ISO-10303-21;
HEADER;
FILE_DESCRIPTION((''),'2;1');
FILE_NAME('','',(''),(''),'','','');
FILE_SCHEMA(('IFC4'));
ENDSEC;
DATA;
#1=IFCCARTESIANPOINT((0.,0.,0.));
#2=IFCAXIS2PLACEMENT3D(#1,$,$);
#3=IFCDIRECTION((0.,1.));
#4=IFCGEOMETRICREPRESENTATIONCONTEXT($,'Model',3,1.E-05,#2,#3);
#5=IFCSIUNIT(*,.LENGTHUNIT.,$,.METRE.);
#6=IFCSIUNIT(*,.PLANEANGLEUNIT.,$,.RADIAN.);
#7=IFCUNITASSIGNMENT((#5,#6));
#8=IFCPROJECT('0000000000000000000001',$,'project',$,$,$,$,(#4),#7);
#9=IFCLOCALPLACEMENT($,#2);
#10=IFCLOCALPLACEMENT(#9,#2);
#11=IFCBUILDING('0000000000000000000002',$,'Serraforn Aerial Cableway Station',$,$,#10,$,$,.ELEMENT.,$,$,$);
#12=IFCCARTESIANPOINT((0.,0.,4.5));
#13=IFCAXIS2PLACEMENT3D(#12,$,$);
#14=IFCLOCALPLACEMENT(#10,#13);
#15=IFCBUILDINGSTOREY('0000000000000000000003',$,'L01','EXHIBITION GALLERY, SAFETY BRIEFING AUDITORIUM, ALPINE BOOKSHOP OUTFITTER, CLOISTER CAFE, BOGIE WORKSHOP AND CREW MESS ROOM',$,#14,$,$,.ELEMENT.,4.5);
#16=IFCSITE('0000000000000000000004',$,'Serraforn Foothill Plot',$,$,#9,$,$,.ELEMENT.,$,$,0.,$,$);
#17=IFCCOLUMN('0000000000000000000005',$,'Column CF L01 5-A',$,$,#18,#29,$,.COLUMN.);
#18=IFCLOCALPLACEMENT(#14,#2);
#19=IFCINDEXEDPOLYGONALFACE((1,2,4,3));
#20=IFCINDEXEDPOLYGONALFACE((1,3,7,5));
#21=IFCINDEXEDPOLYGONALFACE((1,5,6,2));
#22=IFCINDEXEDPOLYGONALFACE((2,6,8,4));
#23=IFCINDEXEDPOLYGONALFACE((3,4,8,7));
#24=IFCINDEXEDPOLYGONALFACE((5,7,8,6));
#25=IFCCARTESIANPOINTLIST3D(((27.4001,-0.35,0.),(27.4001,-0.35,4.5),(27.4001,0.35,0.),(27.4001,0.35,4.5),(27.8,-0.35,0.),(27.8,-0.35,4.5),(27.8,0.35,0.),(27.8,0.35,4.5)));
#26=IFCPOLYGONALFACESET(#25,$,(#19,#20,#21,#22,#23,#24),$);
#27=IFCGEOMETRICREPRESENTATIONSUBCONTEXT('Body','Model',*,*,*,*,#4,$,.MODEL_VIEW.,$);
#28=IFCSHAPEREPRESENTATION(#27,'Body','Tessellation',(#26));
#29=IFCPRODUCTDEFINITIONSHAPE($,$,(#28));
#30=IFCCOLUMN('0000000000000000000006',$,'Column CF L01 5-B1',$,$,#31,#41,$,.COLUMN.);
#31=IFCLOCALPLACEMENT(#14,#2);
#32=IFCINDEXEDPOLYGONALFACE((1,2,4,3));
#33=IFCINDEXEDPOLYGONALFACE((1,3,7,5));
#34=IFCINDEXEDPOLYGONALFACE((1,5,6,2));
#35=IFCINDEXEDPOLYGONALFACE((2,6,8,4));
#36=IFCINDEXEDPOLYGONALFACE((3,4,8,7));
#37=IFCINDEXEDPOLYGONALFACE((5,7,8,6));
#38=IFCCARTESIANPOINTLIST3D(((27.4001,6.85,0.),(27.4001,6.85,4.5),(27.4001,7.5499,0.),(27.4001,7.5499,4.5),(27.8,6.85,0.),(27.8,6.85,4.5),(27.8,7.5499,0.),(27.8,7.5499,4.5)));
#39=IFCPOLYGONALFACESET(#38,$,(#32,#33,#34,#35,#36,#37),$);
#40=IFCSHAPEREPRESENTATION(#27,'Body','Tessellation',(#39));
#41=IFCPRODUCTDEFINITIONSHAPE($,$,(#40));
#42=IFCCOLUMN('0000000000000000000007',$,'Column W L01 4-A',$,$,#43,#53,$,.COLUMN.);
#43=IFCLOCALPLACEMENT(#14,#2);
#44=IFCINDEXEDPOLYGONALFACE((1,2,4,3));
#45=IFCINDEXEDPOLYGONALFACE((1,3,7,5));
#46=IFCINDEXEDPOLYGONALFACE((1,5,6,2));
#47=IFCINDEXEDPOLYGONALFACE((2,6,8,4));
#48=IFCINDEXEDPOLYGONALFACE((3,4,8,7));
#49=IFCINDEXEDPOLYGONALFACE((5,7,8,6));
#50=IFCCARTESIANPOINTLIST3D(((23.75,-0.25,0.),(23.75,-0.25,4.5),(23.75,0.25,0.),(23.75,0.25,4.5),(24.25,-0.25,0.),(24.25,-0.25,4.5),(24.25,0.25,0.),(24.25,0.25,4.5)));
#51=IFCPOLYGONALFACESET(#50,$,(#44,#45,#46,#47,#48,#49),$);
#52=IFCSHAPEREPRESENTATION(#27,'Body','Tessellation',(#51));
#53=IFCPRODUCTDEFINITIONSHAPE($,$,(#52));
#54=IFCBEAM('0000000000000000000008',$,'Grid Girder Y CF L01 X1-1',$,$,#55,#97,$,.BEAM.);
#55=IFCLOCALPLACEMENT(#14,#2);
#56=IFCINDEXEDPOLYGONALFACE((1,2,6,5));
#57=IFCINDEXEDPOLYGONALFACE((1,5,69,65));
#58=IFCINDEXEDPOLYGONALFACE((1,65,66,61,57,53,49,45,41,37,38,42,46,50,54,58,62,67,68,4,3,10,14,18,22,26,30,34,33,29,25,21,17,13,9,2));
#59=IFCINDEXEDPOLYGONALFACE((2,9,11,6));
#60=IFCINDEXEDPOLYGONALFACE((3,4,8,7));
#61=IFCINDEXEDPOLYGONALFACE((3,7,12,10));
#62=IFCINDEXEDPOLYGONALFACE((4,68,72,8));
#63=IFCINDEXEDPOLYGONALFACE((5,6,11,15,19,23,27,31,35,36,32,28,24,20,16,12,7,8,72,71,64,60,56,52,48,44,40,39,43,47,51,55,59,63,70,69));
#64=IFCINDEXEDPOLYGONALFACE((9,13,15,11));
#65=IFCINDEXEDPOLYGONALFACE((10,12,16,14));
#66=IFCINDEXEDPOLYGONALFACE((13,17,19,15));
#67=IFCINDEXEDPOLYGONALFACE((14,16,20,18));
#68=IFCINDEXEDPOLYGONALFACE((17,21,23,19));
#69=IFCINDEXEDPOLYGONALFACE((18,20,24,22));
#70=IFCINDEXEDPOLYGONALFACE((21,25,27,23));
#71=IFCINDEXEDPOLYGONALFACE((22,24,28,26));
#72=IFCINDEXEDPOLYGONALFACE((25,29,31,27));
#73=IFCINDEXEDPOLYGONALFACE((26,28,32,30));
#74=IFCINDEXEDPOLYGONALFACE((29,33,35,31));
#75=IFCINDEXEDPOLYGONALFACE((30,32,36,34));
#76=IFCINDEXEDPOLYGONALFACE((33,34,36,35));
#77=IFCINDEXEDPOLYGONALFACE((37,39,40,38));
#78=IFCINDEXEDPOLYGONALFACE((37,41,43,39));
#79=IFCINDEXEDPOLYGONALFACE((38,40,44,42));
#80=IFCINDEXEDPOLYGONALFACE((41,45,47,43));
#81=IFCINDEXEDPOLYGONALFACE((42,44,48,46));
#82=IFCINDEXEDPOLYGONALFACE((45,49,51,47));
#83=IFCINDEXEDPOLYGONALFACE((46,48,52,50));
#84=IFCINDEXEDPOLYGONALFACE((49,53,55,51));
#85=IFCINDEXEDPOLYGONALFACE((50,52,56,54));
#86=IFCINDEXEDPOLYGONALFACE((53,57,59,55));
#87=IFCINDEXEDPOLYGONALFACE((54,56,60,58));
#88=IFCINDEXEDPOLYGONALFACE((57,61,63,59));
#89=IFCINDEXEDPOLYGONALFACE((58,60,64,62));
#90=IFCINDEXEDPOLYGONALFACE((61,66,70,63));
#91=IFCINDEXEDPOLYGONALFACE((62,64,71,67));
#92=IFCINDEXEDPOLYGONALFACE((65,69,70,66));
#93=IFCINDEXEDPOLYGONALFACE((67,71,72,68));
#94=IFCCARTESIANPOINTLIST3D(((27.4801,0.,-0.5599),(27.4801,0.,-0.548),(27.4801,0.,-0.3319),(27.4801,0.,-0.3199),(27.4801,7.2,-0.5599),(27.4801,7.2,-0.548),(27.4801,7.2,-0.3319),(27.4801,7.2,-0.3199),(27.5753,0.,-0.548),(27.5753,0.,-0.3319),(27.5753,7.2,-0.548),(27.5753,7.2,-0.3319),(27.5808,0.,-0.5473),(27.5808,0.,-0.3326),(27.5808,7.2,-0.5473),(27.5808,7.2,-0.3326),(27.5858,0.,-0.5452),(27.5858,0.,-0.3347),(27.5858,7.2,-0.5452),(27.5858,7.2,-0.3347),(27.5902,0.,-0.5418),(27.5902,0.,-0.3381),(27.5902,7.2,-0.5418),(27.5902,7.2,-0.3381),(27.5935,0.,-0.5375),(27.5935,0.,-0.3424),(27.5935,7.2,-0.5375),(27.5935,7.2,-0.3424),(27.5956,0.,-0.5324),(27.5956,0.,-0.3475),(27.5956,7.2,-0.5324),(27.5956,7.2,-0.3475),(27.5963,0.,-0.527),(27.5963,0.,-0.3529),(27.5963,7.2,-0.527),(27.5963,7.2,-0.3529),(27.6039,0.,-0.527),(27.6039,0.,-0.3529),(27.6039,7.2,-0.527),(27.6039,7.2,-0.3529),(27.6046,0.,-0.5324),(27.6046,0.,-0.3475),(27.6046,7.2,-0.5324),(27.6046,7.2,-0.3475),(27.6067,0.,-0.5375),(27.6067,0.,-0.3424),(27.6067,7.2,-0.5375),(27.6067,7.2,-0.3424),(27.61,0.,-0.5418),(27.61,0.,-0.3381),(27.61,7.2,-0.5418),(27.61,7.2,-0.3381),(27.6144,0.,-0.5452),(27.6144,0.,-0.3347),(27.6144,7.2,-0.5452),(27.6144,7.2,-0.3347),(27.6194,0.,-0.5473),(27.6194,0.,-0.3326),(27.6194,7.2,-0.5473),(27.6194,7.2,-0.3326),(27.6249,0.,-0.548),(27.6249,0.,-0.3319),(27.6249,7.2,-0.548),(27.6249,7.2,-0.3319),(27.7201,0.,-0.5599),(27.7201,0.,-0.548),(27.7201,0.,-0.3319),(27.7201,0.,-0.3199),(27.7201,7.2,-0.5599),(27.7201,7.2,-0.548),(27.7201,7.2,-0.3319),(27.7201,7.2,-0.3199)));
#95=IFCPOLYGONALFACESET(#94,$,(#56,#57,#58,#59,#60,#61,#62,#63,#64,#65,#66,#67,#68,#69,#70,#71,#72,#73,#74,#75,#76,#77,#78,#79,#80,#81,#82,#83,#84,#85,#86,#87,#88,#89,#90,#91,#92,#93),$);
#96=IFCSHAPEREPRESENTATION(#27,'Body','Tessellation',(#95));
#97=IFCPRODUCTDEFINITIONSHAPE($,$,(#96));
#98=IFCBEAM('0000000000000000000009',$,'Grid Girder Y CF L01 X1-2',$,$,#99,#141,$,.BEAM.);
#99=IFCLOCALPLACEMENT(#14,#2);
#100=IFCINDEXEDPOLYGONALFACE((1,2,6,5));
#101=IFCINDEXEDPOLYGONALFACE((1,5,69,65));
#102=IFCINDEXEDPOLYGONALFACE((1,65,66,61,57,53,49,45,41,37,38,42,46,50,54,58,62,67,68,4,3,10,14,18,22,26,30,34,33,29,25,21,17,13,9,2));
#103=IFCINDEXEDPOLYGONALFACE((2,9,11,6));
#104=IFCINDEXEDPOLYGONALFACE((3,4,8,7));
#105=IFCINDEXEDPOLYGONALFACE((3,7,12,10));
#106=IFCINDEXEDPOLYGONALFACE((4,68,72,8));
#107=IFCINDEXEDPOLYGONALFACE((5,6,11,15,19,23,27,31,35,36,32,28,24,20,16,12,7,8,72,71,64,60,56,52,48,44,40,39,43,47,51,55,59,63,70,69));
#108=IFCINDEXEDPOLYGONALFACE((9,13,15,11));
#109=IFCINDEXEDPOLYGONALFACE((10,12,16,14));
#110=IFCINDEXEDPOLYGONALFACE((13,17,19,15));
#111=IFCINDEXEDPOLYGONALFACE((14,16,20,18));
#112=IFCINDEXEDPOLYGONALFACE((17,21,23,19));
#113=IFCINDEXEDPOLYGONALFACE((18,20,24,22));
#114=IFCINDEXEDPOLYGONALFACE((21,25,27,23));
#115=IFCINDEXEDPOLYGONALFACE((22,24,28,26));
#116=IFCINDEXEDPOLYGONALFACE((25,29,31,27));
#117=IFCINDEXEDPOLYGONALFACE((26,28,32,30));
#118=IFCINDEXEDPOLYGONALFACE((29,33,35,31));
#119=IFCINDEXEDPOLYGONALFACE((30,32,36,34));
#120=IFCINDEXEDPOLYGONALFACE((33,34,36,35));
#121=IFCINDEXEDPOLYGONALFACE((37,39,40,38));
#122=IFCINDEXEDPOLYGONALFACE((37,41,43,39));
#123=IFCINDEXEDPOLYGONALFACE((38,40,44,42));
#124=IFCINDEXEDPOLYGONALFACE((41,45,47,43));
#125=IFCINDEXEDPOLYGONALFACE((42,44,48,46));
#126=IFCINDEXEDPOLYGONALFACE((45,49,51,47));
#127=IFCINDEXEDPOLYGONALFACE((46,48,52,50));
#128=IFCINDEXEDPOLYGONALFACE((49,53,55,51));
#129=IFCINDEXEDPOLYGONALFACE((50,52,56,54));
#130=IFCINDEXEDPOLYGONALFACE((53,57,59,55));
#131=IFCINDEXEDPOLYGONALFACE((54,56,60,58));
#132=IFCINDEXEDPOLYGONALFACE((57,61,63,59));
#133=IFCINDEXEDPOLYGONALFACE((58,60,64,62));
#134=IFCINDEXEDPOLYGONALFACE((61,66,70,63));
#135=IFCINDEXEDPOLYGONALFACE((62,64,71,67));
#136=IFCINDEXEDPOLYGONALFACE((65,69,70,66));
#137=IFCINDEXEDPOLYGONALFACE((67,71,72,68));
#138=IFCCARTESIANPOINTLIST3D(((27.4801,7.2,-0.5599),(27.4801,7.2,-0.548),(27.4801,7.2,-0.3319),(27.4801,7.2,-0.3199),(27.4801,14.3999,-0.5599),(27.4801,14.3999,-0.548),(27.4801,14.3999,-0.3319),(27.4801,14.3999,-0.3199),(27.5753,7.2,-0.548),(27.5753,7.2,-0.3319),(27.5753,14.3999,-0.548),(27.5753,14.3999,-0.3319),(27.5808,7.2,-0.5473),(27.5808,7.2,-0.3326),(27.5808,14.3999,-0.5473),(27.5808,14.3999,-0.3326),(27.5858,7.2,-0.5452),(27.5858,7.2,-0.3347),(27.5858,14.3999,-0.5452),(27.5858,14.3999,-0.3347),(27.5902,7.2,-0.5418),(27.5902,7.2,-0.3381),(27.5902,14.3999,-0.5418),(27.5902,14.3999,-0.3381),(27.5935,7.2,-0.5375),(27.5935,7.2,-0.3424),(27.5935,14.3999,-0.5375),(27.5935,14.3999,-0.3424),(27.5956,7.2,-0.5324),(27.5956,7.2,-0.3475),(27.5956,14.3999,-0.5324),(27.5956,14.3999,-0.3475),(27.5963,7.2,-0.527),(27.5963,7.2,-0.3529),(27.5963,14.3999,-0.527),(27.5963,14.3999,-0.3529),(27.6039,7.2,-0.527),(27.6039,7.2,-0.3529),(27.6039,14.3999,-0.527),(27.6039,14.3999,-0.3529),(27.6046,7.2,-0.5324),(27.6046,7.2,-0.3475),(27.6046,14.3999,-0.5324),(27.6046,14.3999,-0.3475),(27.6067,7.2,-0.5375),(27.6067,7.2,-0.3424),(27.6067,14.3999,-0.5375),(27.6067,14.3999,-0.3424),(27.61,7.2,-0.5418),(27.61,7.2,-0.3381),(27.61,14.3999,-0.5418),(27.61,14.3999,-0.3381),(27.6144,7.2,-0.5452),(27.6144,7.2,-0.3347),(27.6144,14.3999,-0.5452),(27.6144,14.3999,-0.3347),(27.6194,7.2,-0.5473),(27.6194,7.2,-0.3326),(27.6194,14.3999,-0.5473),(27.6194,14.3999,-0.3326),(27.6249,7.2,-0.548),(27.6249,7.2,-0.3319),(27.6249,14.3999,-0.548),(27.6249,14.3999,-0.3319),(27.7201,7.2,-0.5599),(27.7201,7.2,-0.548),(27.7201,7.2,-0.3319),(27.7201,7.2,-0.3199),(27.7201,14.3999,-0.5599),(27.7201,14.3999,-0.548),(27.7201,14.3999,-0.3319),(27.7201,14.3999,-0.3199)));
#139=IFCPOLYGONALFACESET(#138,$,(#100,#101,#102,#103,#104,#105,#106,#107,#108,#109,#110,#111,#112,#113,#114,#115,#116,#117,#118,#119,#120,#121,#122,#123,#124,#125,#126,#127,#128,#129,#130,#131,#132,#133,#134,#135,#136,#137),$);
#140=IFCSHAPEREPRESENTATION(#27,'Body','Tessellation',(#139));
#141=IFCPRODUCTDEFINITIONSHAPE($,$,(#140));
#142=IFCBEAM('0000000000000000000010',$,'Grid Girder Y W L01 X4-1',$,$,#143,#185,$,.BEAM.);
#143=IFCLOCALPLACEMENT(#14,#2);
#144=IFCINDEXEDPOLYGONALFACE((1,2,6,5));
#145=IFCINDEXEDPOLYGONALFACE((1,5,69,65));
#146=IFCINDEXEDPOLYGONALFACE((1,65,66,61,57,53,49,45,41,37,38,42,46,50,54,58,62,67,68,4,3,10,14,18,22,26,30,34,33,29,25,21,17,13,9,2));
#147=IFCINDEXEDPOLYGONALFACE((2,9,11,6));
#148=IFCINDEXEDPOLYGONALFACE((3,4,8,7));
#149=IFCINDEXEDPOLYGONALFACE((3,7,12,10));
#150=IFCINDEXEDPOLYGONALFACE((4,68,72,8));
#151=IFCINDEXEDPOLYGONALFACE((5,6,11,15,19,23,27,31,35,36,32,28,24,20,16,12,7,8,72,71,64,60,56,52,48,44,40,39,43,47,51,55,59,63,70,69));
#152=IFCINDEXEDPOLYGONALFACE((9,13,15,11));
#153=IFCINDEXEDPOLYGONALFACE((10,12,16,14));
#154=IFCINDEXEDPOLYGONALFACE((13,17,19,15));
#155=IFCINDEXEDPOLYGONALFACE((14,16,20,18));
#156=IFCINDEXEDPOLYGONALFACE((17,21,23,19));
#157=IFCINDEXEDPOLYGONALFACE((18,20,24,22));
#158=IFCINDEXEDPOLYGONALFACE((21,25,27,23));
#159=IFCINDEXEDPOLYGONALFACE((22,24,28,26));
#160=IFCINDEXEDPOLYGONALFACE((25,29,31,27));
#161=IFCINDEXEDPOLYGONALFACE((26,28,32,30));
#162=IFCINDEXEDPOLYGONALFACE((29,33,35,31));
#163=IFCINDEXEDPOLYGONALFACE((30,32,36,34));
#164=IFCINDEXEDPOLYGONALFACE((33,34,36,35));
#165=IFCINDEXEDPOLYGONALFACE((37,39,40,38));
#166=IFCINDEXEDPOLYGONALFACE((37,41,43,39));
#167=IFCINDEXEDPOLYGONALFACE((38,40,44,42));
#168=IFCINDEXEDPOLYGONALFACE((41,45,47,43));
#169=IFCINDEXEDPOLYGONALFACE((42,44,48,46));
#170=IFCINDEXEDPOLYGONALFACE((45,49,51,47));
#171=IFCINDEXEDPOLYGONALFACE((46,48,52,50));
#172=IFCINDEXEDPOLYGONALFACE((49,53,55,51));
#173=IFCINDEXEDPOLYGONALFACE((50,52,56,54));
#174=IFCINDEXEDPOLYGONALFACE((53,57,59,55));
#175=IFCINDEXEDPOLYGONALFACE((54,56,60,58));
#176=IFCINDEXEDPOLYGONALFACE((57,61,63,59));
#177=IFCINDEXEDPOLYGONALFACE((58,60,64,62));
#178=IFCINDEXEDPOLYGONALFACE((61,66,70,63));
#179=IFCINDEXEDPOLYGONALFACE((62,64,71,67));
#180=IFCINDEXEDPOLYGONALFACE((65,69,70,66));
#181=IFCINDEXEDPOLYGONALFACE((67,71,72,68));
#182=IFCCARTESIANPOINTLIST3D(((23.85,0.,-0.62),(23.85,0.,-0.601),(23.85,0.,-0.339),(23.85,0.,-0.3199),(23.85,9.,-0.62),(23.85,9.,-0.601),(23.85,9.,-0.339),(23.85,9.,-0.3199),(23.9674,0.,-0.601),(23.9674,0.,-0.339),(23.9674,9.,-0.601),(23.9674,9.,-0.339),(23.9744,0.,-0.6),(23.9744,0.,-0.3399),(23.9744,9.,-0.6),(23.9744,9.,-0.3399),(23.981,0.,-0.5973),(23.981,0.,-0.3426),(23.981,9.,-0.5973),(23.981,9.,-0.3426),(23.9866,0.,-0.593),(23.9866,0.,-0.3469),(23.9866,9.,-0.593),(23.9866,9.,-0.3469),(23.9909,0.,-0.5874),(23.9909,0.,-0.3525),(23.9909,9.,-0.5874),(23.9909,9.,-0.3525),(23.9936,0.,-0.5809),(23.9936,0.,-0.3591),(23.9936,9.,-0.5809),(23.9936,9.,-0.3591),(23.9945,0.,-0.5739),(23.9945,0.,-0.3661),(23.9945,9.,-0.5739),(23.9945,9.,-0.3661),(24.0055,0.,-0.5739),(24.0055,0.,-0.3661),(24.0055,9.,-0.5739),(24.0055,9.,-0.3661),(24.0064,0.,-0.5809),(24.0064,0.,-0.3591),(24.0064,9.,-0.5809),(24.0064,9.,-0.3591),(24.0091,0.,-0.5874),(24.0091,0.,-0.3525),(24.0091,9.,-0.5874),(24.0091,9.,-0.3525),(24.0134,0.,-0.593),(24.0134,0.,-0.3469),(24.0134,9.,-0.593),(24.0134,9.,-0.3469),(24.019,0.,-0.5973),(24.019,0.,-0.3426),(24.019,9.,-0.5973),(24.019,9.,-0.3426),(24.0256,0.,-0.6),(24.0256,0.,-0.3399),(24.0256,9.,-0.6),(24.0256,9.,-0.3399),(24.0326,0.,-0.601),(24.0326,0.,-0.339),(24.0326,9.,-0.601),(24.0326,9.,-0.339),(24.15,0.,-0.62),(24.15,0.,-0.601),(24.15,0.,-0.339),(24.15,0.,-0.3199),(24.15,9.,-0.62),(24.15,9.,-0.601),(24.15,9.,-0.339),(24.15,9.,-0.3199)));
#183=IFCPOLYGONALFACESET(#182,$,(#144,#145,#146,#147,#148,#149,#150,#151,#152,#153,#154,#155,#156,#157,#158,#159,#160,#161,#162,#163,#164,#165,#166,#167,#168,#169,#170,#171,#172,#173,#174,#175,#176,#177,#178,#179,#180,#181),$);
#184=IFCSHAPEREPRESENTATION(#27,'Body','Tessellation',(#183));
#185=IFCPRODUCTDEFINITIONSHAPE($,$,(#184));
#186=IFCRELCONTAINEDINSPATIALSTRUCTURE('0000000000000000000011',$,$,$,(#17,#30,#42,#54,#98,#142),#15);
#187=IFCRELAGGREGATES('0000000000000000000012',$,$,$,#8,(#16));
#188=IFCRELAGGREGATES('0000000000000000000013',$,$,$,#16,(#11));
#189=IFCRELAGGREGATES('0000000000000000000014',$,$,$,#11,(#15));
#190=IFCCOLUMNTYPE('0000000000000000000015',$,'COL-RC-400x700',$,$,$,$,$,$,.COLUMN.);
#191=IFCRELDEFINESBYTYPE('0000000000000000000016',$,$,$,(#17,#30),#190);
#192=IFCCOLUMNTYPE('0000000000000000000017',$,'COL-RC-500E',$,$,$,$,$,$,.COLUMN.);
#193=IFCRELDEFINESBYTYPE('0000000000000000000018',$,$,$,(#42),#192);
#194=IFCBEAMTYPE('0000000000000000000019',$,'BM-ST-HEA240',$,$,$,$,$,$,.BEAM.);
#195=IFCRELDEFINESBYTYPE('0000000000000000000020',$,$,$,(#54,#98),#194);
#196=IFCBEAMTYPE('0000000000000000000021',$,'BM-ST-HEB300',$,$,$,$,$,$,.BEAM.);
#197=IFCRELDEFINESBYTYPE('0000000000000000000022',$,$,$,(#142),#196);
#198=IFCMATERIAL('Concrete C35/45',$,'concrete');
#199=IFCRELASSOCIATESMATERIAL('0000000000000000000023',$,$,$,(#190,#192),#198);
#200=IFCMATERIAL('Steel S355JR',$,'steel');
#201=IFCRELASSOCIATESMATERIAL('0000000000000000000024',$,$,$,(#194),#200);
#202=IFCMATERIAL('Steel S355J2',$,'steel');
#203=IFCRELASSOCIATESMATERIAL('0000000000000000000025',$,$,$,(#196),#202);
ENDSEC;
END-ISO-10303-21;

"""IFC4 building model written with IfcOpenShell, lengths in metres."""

from ifc_helpers import new_model, si_unit, direction, frame, origin, origin_2d, place, context, subcontext, project, spatial, rectangle, i_section, extrude, material, material_profile, profile_set, type_object, element, save


model = new_model("IFC4")

# Units and contexts
model_context = context("Model", 3, precision=1e-05, world=origin(), true_north=direction((0.0, 1.0)))
body_context = subcontext(model_context, "Body", "Model", "MODEL_VIEW")
ifc_project = project(units=[si_unit("LENGTHUNIT", "METRE"), si_unit("PLANEANGLEUNIT", "RADIAN")], contexts=[model_context])

# Site, building, storey
site_placement = place(None, origin())
site = spatial("IfcSite", under=ifc_project, at=site_placement, Name="Serraforn Foothill Plot", CompositionType="ELEMENT", RefElevation=0.0)
building_placement = place(site_placement, origin())
building = spatial("IfcBuilding", under=site, at=building_placement, Name="Serraforn Aerial Cableway Station", CompositionType="ELEMENT")
storey_placement = place(building_placement, frame((0.0, 0.0, 4.5)))
storey = spatial("IfcBuildingStorey", under=building, at=storey_placement, Name="L01", Description="EXHIBITION GALLERY, SAFETY BRIEFING AUDITORIUM, ALPINE BOOKSHOP OUTFITTER, CLOISTER CAFE, BOGIE WORKSHOP AND CREW MESS ROOM", CompositionType="ELEMENT", Elevation=4.5)

# Columns
ifc_material_1 = material(Name="Concrete C35/45", Category="concrete")
ifc_material_profile_1 = material_profile(ifc_material_1, rectangle(XDim=0.3999, YDim=0.7, at=origin_2d()), Name="RC 400x700")
ifc_profile_set_1 = profile_set([ifc_material_profile_1], Name="Concrete C35/45")
column_type_1 = type_object("IfcColumnType", Name="COL-RC-400x700", PredefinedType="COLUMN", material=ifc_profile_set_1)
for number, where, z_axis, x_axis, name in (
    (1, (27.6001, 0.0, 0.0), (0.0, 0.0, 1.0), (1.0, 0.0, 0.0), "Column CF L01 5-A"),
    (2, (27.6001, 7.2, 0.0), (0.0, 0.0, 1.0), (1.0, 0.0, 0.0), "Column CF L01 5-B1"),
):
    element("IfcColumn", number, at=place(storey_placement, frame(where, z_axis=z_axis, x_axis=x_axis)), inside=storey, type_object=column_type_1, Name=name, PredefinedType="COLUMN", context=body_context, shape_type="SweptSolid", body=[
        extrude(rectangle(XDim=0.3999, YDim=0.7, at=origin_2d()), origin(), (0.0, 0.0, 1.0), 4.5),
    ])
ifc_material_profile_2 = material_profile(ifc_material_1, rectangle(XDim=0.5, YDim=0.5, at=origin_2d()), Name="RC 500x500")
ifc_profile_set_2 = profile_set([ifc_material_profile_2], Name="Concrete C35/45")
column_type_2 = type_object("IfcColumnType", Name="COL-RC-500E", PredefinedType="COLUMN", material=ifc_profile_set_2)
column_placement = place(storey_placement, frame((24.0, 0.0, 0.0), z_axis=(0.0, 0.0, 1.0), x_axis=(1.0, 0.0, 0.0)))
element("IfcColumn", 3, at=column_placement, inside=storey, type_object=column_type_2, Name="Column W L01 4-A", PredefinedType="COLUMN", context=body_context, shape_type="SweptSolid", body=[
    extrude(rectangle(XDim=0.5, YDim=0.5, at=origin_2d()), origin(), (0.0, 0.0, 1.0), 4.5),
])

# Beams
ifc_material_2 = material(Name="Steel S355JR", Category="steel")
ifc_material_profile_3 = material_profile(ifc_material_2, i_section(OverallWidth=0.24, OverallDepth=0.24, WebThickness=0.0076, FlangeThickness=0.012, FilletRadius=0.021, at=origin_2d()), Name="HEA 240")
ifc_profile_set_3 = profile_set([ifc_material_profile_3], Name="Steel S355JR")
beam_type_1 = type_object("IfcBeamType", Name="BM-ST-HEA240", PredefinedType="BEAM", material=ifc_profile_set_3)
for number, where, z_axis, x_axis, name in (
    (4, (27.6001, 0.0, -0.4399), (0.0, 1.0, 0.0), (-1.0, 0.0, 0.0), "Grid Girder Y CF L01 X1-1"),
    (5, (27.6001, 7.2, -0.4399), (0.0, 1.0, 0.0), (-1.0, 0.0, 0.0), "Grid Girder Y CF L01 X1-2"),
):
    element("IfcBeam", number, at=place(storey_placement, frame(where, z_axis=z_axis, x_axis=x_axis)), inside=storey, type_object=beam_type_1, Name=name, PredefinedType="BEAM", context=body_context, shape_type="SweptSolid", body=[
        extrude(i_section(OverallWidth=0.24, OverallDepth=0.24, WebThickness=0.0076, FlangeThickness=0.012, FilletRadius=0.021, at=origin_2d()), origin(), (0.0, 0.0, 1.0), 7.2),
    ])
ifc_material_3 = material(Name="Steel S355J2", Category="steel")
ifc_material_profile_4 = material_profile(ifc_material_3, i_section(OverallWidth=0.3, OverallDepth=0.3, WebThickness=0.011, FlangeThickness=0.019, FilletRadius=0.0271, at=origin_2d()), Name="HEB 300")
ifc_profile_set_4 = profile_set([ifc_material_profile_4], Name="Steel S355J2")
beam_type_2 = type_object("IfcBeamType", Name="BM-ST-HEB300", PredefinedType="BEAM", material=ifc_profile_set_4)
beam_1_placement = place(storey_placement, frame((24.0, 0.0, -0.47), z_axis=(0.0, 1.0, 0.0), x_axis=(-1.0, 0.0, 0.0)))
element("IfcBeam", 6, at=beam_1_placement, inside=storey, type_object=beam_type_2, Name="Grid Girder Y W L01 X4-1", PredefinedType="BEAM", context=body_context, shape_type="SweptSolid", body=[
    extrude(i_section(OverallWidth=0.3, OverallDepth=0.3, WebThickness=0.011, FlangeThickness=0.019, FilletRadius=0.0271, at=origin_2d()), origin(), (0.0, 0.0, 1.0), 9.0),
])

save(model, "model.ifc")
